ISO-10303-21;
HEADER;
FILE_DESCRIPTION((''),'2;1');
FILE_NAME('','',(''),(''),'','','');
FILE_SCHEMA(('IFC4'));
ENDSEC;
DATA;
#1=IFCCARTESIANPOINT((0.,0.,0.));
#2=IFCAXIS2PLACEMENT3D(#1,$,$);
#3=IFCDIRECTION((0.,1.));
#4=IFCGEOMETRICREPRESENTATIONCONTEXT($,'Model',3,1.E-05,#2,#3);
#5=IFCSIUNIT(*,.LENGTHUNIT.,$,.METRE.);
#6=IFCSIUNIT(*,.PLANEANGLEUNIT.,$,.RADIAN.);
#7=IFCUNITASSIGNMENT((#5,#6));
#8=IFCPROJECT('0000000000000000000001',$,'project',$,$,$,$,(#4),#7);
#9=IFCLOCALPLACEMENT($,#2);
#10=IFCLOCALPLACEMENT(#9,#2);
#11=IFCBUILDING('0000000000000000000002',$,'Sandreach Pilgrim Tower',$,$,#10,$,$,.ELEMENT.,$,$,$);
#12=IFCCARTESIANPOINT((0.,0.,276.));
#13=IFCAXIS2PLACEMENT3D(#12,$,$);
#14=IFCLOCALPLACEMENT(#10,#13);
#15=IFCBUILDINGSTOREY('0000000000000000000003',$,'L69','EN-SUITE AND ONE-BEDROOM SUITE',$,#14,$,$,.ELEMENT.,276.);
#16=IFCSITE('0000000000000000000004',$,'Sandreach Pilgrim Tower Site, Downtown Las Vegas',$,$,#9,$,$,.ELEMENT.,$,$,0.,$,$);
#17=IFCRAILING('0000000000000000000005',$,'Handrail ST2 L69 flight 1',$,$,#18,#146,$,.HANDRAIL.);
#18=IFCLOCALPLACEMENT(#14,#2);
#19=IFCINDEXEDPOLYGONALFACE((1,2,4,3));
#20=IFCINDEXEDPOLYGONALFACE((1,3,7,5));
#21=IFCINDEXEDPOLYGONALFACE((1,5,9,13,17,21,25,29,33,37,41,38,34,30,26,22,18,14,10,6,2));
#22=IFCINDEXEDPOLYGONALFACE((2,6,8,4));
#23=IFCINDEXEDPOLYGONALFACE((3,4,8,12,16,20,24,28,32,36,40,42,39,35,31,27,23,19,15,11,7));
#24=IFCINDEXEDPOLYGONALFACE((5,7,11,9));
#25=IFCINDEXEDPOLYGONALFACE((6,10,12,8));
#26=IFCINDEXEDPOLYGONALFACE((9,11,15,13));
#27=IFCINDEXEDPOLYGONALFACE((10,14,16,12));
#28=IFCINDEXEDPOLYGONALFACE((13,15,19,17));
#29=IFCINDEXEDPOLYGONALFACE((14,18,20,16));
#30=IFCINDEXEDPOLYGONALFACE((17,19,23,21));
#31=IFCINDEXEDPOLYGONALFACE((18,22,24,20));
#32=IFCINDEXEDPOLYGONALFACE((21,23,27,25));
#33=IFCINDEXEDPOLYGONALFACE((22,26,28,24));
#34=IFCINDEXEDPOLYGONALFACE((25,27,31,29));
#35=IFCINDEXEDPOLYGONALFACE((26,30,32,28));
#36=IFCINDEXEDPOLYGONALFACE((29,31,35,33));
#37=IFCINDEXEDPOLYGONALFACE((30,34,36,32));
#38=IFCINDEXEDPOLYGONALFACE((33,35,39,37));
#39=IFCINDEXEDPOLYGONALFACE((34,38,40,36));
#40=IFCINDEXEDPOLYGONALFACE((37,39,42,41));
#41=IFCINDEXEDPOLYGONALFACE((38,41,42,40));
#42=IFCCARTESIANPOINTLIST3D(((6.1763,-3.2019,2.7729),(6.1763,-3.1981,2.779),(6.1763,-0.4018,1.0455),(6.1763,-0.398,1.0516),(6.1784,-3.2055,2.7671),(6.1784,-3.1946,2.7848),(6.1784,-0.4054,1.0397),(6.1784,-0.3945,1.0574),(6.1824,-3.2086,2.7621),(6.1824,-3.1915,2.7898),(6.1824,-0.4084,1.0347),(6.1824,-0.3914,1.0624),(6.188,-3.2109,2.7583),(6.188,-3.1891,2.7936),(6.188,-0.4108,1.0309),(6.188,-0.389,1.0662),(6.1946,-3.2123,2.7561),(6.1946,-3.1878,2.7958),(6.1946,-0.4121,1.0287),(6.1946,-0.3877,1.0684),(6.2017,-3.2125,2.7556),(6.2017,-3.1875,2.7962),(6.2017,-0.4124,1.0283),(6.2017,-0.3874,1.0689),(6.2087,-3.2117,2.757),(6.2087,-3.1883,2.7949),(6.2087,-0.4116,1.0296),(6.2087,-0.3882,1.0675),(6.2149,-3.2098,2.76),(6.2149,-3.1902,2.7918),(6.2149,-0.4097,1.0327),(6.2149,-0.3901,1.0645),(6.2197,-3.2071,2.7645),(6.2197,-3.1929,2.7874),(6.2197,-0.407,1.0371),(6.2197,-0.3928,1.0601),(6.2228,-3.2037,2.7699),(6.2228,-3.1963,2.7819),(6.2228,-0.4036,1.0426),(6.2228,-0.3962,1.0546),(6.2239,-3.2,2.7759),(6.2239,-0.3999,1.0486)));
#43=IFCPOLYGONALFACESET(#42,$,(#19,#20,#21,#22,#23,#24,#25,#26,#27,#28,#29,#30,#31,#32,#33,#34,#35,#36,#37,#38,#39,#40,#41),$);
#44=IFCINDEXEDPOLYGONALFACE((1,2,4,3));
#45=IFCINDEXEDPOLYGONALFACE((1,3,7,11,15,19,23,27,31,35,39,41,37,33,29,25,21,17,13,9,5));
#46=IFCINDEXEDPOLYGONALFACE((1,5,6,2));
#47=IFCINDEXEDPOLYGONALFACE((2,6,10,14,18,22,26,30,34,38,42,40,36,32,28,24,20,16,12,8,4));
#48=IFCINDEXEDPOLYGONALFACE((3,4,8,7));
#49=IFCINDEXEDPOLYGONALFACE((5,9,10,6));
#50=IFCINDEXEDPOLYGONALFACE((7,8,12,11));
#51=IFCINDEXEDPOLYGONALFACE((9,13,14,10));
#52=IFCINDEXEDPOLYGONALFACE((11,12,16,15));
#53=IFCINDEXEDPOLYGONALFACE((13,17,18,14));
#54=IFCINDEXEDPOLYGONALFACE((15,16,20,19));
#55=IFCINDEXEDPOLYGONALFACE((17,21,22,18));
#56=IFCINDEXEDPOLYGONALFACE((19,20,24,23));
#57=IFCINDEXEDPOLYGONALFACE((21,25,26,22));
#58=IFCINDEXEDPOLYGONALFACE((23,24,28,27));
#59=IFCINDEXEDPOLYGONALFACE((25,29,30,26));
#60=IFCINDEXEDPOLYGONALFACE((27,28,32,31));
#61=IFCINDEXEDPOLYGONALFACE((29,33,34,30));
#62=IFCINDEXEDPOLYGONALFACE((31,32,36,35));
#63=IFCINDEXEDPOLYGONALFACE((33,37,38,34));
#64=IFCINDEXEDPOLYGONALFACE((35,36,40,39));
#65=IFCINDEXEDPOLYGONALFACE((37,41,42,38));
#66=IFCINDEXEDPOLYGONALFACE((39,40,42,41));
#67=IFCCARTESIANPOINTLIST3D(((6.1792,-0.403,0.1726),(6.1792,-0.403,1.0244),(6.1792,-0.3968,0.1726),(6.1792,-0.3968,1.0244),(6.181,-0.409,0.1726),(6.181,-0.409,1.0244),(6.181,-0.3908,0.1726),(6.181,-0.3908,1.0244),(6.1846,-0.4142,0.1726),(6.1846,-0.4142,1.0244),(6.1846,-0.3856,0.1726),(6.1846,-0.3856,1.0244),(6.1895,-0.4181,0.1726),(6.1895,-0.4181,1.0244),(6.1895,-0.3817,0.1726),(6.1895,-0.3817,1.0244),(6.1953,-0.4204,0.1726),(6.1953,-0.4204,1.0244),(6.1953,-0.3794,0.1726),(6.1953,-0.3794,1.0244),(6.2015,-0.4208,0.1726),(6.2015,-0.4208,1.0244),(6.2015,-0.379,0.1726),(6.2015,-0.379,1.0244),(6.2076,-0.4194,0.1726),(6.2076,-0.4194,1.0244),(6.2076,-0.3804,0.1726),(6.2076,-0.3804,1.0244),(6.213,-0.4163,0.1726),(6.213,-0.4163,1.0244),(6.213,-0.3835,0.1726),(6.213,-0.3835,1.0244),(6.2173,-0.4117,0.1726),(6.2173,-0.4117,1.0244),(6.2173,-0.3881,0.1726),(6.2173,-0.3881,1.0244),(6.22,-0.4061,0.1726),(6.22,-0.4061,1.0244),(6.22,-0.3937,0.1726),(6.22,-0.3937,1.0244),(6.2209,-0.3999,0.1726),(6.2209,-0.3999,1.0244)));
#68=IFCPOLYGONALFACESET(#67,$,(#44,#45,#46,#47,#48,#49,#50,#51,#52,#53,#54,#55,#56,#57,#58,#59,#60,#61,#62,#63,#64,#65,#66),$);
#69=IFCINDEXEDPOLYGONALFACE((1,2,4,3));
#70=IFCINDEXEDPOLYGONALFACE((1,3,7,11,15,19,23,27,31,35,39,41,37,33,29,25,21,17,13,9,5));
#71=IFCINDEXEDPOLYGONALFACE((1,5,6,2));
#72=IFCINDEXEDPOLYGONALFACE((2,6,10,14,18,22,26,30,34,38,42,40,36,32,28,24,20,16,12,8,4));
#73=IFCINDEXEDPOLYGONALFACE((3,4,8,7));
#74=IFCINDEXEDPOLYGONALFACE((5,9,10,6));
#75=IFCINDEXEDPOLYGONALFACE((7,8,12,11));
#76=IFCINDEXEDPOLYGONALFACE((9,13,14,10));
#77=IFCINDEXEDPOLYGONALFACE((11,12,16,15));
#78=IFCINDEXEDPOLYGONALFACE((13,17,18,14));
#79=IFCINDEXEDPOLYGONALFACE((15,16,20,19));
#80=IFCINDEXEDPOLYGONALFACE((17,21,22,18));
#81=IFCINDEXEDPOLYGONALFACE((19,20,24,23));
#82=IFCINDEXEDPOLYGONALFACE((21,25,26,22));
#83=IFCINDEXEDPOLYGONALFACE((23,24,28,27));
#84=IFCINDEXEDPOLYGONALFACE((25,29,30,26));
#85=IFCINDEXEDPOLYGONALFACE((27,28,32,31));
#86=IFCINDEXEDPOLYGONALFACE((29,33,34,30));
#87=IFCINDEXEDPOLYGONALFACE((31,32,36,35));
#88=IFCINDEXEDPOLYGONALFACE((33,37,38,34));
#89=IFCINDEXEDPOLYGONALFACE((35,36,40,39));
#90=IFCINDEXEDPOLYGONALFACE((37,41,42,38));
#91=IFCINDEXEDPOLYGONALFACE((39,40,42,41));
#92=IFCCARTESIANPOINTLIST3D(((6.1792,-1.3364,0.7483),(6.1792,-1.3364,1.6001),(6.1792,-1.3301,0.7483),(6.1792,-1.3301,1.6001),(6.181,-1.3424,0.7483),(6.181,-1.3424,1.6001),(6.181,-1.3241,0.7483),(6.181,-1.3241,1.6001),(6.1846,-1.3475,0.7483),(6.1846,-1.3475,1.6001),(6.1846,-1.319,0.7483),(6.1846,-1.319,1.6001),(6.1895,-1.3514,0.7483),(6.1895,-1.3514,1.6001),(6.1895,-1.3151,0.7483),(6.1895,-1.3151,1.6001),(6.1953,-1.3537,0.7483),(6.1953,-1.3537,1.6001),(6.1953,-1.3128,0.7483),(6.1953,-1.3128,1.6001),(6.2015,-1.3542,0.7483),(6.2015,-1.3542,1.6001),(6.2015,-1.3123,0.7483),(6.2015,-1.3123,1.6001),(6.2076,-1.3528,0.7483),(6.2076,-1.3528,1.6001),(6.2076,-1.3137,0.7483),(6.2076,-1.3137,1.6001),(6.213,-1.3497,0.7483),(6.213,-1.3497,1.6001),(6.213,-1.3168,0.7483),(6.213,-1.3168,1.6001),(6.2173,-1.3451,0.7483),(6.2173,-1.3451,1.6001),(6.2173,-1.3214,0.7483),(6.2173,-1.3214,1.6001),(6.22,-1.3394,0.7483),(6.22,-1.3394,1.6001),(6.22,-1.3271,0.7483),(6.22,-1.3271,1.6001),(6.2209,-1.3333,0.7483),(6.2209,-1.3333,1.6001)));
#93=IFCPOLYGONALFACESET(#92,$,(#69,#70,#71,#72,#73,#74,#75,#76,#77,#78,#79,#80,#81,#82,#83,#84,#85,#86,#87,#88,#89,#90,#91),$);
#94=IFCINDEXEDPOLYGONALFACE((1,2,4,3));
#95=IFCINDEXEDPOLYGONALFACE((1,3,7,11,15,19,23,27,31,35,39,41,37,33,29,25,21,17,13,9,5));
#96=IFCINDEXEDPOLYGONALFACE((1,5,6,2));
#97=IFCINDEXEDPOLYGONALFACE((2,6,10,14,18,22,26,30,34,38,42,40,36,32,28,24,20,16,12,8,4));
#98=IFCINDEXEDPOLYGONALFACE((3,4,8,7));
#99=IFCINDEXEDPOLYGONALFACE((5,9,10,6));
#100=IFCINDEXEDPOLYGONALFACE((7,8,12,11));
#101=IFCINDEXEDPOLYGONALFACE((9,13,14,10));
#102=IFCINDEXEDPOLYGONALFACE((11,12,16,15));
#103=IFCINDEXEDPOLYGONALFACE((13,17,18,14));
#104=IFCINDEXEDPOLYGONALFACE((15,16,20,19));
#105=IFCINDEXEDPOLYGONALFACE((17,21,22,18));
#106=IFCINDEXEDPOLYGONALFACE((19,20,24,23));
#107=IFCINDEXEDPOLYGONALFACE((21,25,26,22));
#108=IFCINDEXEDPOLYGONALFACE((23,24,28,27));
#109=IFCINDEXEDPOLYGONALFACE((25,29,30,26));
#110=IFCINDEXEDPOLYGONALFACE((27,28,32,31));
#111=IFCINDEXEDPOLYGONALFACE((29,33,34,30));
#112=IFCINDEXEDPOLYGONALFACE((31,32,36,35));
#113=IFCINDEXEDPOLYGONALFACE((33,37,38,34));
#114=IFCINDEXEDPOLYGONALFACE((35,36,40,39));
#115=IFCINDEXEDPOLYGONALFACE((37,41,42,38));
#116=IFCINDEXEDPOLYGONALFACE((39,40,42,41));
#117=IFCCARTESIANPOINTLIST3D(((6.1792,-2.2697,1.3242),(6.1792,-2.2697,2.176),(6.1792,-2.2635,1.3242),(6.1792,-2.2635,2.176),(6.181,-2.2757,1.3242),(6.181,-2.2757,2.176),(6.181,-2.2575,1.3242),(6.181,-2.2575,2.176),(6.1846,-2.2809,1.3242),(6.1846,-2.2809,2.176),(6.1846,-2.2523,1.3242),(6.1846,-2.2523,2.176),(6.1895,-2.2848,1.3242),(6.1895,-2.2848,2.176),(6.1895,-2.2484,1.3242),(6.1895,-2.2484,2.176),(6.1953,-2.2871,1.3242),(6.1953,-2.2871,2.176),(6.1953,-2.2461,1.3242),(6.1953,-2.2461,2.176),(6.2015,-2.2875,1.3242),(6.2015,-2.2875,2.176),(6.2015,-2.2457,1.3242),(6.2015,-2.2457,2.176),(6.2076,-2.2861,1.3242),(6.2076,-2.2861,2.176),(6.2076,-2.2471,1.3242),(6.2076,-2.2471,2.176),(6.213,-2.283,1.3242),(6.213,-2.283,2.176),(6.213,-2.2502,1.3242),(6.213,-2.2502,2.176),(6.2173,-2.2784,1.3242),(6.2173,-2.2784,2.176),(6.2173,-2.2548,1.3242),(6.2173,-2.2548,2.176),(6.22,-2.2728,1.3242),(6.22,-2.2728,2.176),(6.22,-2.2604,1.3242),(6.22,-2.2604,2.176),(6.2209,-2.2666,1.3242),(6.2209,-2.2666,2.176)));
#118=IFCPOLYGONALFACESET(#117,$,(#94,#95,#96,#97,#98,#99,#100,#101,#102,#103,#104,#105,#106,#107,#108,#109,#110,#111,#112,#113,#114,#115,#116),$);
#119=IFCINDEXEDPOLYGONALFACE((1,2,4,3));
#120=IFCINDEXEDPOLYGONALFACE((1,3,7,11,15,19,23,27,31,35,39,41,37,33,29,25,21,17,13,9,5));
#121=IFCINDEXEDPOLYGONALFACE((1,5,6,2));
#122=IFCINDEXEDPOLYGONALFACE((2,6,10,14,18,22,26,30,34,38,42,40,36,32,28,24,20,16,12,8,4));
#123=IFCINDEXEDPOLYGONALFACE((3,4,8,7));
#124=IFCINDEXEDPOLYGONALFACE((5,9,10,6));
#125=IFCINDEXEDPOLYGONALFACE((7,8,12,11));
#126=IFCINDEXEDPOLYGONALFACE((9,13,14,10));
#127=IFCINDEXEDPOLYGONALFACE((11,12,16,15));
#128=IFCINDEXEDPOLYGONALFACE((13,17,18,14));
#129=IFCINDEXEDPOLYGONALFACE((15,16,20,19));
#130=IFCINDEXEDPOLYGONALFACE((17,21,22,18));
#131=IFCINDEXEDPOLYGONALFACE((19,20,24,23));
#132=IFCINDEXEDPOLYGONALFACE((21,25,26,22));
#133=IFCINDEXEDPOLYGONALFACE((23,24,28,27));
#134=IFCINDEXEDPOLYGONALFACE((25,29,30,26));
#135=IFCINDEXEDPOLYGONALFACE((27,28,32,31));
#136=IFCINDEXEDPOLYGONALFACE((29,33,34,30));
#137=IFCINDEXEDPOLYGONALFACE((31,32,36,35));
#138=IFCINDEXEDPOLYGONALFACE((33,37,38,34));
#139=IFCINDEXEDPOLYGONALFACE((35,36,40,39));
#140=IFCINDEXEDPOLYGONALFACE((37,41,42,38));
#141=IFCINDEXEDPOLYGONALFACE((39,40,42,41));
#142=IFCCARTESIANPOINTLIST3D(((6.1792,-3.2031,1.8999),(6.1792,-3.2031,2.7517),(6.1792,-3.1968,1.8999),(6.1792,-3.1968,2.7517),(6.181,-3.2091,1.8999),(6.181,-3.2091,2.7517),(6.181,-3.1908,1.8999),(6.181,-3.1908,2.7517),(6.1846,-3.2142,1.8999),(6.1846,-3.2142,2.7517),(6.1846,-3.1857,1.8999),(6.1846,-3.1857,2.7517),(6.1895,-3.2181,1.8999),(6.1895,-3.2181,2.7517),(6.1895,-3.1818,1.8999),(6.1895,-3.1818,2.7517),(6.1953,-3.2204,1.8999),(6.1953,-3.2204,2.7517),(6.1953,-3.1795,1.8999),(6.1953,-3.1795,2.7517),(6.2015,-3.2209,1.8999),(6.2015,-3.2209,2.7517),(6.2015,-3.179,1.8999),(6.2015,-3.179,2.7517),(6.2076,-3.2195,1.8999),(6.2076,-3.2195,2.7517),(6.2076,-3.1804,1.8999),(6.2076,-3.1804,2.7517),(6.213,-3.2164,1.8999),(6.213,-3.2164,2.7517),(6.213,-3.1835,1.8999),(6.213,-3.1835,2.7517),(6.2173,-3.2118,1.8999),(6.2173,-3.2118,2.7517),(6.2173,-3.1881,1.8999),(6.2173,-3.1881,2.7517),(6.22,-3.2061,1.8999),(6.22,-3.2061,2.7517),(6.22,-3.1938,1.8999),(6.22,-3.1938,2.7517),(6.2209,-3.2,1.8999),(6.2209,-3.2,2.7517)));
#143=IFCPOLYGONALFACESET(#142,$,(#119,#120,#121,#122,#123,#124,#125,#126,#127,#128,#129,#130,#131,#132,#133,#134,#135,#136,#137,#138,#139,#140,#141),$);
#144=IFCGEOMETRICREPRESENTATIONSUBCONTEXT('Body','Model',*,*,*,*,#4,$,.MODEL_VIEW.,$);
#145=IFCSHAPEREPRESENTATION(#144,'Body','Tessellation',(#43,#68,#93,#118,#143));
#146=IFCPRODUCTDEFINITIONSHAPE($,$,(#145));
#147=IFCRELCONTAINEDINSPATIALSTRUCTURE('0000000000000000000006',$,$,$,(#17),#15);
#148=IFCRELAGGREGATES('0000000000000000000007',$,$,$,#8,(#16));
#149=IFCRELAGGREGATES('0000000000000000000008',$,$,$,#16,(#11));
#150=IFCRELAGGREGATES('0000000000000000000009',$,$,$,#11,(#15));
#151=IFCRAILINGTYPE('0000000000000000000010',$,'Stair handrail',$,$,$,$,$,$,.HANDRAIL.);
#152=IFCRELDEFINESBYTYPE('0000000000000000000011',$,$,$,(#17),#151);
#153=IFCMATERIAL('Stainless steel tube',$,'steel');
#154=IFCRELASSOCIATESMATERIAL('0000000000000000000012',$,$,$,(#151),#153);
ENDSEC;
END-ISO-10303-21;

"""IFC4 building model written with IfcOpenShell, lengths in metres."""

from ifc_helpers import new_model, si_unit, direction, frame, origin, origin_2d, place, context, subcontext, project, spatial, circle, extrude, material, type_object, element, save


model = new_model("IFC4")

# Units and contexts
model_context = context("Model", 3, precision=1e-05, world=origin(), true_north=direction((0.0, 1.0)))
body_context = subcontext(model_context, "Body", "Model", "MODEL_VIEW")
ifc_project = project(units=[si_unit("LENGTHUNIT", "METRE"), si_unit("PLANEANGLEUNIT", "RADIAN")], contexts=[model_context])

# Site, building, storey
site_placement = place(None, origin())
site = spatial("IfcSite", under=ifc_project, at=site_placement, Name="Sandreach Pilgrim Tower Site, Downtown Las Vegas", CompositionType="ELEMENT", RefElevation=0.0)
building_placement = place(site_placement, origin())
building = spatial("IfcBuilding", under=site, at=building_placement, Name="Sandreach Pilgrim Tower", CompositionType="ELEMENT")
storey_placement = place(building_placement, frame((0.0, 0.0, 276.0)))
storey = spatial("IfcBuildingStorey", under=building, at=storey_placement, Name="L69", Description="EN-SUITE AND ONE-BEDROOM SUITE", CompositionType="ELEMENT", Elevation=276.0)

# Railing
ifc_material_1 = material(Name="Stainless steel tube", Category="steel")
railing_type = type_object("IfcRailingType", Name="Stair handrail", PredefinedType="HANDRAIL", material=ifc_material_1)
for number, where, name in (
    (1, (6.2, -0.3999, 0.1726), "Handrail ST2 L69 flight 1"),
):
    element("IfcRailing", number, at=place(storey_placement, frame(where)), inside=storey, type_object=railing_type, Name=name, PredefinedType="HANDRAIL", context=body_context, shape_type="SweptSolid", body=[
        extrude(circle(Radius=0.0239, at=origin_2d()), frame((0.0, 0.0, 0.876), z_axis=(0.0, -0.85109, 0.52502), x_axis=(1.0, 0.0, 0.0)), (0.0, 0.0, 1.0), 3.29),
        extrude(circle(Radius=0.021, at=origin_2d()), origin(), (0.0, 0.0, 1.0), 0.8518),
        extrude(circle(Radius=0.021, at=origin_2d()), frame((0.0, -0.9333, 0.5757)), (0.0, 0.0, 1.0), 0.8518),
        extrude(circle(Radius=0.021, at=origin_2d()), frame((0.0, -1.8667, 1.1516)), (0.0, 0.0, 1.0), 0.8518),
        extrude(circle(Radius=0.021, at=origin_2d()), frame((0.0, -2.8, 1.7273)), (0.0, 0.0, 1.0), 0.8518),
    ])

save(model, "model.ifc")
